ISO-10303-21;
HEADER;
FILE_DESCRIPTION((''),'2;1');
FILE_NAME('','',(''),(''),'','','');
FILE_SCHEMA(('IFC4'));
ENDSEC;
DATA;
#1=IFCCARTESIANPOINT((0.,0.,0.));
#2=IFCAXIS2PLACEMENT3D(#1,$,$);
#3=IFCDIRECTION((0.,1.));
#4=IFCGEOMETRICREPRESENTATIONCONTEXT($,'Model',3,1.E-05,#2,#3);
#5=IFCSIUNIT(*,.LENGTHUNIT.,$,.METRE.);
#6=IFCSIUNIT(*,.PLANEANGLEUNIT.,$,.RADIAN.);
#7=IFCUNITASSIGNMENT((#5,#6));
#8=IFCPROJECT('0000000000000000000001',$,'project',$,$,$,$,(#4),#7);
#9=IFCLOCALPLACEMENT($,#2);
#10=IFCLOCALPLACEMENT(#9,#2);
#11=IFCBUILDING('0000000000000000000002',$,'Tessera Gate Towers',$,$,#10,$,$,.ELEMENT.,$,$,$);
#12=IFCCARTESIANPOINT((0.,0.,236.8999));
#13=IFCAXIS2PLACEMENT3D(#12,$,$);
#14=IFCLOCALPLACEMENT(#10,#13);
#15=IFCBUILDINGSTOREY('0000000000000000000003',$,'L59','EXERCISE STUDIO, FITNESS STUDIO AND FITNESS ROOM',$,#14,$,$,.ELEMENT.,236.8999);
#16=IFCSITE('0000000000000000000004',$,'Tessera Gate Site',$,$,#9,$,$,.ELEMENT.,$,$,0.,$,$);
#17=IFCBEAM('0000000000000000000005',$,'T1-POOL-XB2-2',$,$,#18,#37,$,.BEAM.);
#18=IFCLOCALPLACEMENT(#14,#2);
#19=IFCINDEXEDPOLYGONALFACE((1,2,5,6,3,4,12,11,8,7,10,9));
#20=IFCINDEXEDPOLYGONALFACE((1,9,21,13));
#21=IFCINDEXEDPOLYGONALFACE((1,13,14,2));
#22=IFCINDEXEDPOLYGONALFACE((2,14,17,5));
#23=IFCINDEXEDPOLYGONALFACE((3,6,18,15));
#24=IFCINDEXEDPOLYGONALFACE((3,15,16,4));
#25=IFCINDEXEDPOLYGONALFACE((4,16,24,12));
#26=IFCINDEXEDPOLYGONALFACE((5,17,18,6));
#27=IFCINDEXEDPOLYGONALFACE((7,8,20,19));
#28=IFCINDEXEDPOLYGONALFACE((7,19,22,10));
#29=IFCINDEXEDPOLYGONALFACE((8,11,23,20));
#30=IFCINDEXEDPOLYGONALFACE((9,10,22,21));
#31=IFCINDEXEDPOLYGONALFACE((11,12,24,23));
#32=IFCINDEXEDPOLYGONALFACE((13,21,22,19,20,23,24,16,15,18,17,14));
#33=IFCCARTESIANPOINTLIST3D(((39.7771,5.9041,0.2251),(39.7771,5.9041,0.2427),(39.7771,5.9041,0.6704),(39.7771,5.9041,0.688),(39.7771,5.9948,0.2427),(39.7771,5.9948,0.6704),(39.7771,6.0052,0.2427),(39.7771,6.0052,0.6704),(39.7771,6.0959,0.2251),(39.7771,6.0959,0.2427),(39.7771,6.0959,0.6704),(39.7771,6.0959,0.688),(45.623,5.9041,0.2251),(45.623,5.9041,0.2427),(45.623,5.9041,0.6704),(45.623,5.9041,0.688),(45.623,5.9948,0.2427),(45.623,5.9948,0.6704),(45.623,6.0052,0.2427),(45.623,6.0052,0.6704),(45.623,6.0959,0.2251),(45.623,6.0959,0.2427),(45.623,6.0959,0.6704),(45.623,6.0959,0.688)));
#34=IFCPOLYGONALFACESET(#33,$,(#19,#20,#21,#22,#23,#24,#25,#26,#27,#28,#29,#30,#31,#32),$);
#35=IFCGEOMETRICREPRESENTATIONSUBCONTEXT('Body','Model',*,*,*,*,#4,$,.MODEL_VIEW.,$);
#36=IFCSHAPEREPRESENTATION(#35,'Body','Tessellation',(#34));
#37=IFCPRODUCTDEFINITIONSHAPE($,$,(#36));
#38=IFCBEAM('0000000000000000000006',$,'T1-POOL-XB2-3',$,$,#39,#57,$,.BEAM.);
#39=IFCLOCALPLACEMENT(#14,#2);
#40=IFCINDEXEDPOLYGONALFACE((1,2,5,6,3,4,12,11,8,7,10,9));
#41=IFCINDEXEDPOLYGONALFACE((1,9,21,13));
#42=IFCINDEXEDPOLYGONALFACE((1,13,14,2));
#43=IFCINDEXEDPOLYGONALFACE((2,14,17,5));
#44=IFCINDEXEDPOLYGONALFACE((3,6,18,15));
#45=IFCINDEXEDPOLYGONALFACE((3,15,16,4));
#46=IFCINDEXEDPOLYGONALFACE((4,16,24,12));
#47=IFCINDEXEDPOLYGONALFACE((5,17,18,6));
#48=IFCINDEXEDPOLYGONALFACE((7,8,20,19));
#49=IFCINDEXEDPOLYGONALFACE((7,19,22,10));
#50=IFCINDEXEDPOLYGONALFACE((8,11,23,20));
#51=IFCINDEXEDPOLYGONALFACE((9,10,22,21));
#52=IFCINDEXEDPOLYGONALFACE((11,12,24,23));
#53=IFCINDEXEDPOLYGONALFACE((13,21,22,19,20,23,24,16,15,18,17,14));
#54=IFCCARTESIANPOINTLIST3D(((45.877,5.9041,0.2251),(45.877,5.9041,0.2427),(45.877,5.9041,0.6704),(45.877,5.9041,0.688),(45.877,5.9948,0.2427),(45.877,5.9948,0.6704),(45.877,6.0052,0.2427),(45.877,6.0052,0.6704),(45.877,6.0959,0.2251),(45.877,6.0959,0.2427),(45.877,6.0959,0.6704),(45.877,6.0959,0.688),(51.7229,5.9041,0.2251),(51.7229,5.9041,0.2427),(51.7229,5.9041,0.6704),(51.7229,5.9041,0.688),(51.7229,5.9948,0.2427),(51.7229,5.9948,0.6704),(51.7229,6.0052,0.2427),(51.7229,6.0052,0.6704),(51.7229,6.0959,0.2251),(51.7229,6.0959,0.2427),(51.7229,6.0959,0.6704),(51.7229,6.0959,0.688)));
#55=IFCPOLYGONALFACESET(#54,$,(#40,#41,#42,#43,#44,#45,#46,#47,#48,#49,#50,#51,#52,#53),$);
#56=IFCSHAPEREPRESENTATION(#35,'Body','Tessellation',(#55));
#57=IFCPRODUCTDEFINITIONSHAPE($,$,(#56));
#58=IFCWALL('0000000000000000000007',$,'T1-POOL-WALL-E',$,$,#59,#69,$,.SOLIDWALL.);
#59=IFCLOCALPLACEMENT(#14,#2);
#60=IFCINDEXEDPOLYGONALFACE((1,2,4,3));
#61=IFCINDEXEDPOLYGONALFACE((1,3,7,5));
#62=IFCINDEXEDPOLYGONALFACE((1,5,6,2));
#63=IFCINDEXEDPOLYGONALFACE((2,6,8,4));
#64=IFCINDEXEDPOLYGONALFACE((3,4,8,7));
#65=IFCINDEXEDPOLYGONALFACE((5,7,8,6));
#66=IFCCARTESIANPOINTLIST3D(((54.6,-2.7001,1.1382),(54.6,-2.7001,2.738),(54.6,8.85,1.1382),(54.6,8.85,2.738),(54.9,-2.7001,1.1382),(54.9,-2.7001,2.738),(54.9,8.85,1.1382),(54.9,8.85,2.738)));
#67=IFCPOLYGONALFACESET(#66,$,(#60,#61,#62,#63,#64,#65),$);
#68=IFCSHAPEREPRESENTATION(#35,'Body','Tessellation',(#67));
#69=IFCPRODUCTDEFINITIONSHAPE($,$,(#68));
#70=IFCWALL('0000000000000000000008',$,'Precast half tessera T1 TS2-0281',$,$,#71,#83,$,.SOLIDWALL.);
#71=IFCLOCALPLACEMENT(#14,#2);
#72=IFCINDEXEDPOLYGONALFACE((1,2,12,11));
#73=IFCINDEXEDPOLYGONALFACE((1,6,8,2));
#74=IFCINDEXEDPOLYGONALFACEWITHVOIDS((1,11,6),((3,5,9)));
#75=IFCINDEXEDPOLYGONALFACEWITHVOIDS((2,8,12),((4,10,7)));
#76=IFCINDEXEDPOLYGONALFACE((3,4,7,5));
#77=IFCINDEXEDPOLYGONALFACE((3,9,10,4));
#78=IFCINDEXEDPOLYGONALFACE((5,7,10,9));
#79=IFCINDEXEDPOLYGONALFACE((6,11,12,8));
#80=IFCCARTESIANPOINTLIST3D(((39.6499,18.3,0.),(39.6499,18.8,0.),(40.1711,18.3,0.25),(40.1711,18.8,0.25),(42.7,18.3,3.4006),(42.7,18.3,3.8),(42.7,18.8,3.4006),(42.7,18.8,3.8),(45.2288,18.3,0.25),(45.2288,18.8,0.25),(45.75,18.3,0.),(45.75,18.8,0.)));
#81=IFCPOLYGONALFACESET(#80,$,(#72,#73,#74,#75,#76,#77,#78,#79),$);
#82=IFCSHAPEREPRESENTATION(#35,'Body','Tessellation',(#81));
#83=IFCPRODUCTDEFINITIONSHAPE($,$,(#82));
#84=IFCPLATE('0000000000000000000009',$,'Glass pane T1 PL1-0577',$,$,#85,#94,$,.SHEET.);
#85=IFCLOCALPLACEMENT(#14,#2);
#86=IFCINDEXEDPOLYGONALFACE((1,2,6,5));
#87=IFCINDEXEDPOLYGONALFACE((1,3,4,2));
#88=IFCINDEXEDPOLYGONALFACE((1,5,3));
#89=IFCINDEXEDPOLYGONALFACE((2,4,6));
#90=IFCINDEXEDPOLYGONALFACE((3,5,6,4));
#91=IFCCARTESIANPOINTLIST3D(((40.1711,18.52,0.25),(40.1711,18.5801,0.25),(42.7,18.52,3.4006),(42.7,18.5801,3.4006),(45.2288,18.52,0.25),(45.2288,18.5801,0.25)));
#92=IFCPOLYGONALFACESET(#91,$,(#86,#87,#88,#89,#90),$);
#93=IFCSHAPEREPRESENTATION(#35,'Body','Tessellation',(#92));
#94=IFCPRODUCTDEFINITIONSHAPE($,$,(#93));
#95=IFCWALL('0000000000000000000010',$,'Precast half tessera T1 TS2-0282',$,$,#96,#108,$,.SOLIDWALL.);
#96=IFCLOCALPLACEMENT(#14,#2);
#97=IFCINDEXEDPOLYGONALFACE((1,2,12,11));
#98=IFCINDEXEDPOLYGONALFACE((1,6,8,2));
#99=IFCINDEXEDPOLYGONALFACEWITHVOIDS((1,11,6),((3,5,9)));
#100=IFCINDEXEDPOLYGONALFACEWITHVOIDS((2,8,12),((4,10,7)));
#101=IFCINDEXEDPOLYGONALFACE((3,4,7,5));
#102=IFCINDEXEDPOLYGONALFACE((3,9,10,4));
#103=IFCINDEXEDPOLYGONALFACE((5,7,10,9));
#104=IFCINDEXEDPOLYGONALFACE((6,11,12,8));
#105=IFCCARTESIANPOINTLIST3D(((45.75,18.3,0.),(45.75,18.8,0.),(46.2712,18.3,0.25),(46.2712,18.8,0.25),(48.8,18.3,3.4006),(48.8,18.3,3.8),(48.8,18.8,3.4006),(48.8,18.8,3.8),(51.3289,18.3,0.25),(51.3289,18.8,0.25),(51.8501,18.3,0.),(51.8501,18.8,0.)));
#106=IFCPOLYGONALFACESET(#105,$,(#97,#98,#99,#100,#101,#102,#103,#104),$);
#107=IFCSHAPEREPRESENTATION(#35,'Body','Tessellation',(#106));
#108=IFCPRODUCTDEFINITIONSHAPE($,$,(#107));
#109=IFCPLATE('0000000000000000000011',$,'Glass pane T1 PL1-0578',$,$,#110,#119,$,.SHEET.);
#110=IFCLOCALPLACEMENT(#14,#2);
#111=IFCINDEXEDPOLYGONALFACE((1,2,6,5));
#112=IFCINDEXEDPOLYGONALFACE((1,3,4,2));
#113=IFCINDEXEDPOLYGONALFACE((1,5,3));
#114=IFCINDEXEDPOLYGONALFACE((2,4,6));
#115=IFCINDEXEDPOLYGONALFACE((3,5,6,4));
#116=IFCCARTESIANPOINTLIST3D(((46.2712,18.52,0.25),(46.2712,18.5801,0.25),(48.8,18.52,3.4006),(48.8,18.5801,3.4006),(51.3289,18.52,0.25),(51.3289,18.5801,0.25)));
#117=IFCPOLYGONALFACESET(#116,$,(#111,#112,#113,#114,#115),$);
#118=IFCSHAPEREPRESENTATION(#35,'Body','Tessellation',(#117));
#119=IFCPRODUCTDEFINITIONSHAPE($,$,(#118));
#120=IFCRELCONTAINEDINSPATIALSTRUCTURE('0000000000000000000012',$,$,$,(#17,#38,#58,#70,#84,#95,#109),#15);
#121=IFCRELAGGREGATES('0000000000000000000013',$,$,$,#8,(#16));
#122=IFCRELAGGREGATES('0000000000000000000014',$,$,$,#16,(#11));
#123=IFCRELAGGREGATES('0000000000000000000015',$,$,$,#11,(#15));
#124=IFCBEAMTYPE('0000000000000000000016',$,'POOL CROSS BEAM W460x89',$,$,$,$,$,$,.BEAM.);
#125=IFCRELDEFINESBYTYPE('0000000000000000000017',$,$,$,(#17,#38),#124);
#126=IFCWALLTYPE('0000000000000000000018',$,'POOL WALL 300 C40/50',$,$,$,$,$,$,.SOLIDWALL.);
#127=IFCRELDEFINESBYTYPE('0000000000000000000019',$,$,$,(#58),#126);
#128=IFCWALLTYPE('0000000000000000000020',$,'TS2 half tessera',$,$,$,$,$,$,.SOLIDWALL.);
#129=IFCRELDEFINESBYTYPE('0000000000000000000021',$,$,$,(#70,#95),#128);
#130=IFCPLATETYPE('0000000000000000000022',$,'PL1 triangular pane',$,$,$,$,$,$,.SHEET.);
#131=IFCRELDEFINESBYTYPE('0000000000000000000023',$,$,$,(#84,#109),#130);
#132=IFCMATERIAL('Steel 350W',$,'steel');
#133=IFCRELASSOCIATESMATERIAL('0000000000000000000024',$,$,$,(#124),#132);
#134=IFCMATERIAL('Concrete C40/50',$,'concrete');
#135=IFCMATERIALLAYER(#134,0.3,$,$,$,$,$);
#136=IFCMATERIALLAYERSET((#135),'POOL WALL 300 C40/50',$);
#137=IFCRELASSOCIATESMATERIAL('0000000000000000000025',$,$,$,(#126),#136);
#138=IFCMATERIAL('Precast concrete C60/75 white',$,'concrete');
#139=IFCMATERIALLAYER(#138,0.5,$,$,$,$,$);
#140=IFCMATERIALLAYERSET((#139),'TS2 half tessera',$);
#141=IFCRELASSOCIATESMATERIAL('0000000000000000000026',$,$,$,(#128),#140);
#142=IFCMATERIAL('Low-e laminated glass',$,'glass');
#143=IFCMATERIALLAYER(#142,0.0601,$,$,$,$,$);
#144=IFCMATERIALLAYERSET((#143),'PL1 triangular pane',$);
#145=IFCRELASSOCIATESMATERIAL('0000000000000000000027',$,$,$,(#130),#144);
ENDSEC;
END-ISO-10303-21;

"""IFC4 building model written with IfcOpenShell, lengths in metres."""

from ifc_helpers import new_model, si_unit, direction, frame, frame_2d, origin, origin_2d, place, context, subcontext, project, spatial, polyline, rectangle, i_section, outline, extrude, source, transform, mapped, material, layer, layer_set, material_profile, profile_set, type_object, element, fill, save


model = new_model("IFC4")

# Units and contexts
model_context = context("Model", 3, precision=1e-05, world=origin(), true_north=direction((0.0, 1.0)))
body_context = subcontext(model_context, "Body", "Model", "MODEL_VIEW")
ifc_project = project(units=[si_unit("LENGTHUNIT", "METRE"), si_unit("PLANEANGLEUNIT", "RADIAN")], contexts=[model_context])

# Site, building, storey
site_placement = place(None, origin())
site = spatial("IfcSite", under=ifc_project, at=site_placement, Name="Tessera Gate Site", CompositionType="ELEMENT", RefElevation=0.0)
building_placement = place(site_placement, origin())
building = spatial("IfcBuilding", under=site, at=building_placement, Name="Tessera Gate Towers", CompositionType="ELEMENT")
storey_placement = place(building_placement, frame((0.0, 0.0, 236.8999)))
storey = spatial("IfcBuildingStorey", under=building, at=storey_placement, Name="L59", Description="EXERCISE STUDIO, FITNESS STUDIO AND FITNESS ROOM", CompositionType="ELEMENT", Elevation=236.8999)

# Beams
ifc_material_1 = material(Name="Steel 350W", Category="steel")
ifc_material_profile_1 = material_profile(ifc_material_1, i_section(OverallWidth=0.1919, OverallDepth=0.4629, WebThickness=0.0105, FlangeThickness=0.0176, at=origin_2d()), Name="W460x89")
ifc_profile_set_1 = profile_set([ifc_material_profile_1], Name="Steel 350W")
beam_type_1 = type_object("IfcBeamType", Name="POOL CROSS BEAM W460x89", PredefinedType="BEAM", material=ifc_profile_set_1)
for number, where, z_axis, x_axis, name in (
    (1, (39.7771, 6.0, 0.4565), (1.0, 0.0, 0.0), (0.0, 1.0, 0.0), "T1-POOL-XB2-2"),
    (2, (45.877, 6.0, 0.4565), (1.0, 0.0, 0.0), (0.0, 1.0, 0.0), "T1-POOL-XB2-3"),
):
    element("IfcBeam", number, at=place(storey_placement, frame(where, z_axis=z_axis, x_axis=x_axis)), inside=storey, type_object=beam_type_1, Name=name, PredefinedType="BEAM", context=body_context, shape_type="SweptSolid", body=[
        extrude(i_section(OverallWidth=0.1919, OverallDepth=0.4629, WebThickness=0.0105, FlangeThickness=0.0176, at=origin_2d()), origin(), (0.0, 0.0, 1.0), 5.8459),
    ])

# Wall
ifc_material_2 = material(Name="Concrete C40/50", Category="concrete")
ifc_layer_1 = layer(ifc_material_2, 0.3)
ifc_layer_set_1 = layer_set([ifc_layer_1], Name="POOL WALL 300 C40/50")
wall_type_1 = type_object("IfcWallType", Name="POOL WALL 300 C40/50", PredefinedType="SOLIDWALL", material=ifc_layer_set_1)
wall_1_placement = place(storey_placement, frame((54.75, -2.7, 1.1382), z_axis=(0.0, 0.0, 1.0), x_axis=(0.0, 1.0, 0.0)))
element("IfcWall", 3, at=wall_1_placement, inside=storey, type_object=wall_type_1, Name="T1-POOL-WALL-E", PredefinedType="SOLIDWALL", context=body_context, shape_type="SweptSolid", body=[
    extrude(rectangle(XDim=11.55, YDim=0.3, at=frame_2d((5.7749, 0.0))), origin(), (0.0, 0.0, 1.0), 1.5999),
])

# Walls, openings, plates
ifc_material_3 = material(Name="Precast concrete C60/75 white", Category="concrete")
ifc_layer_2 = layer(ifc_material_3, 0.5)
ifc_layer_set_2 = layer_set([ifc_layer_2], Name="TS2 half tessera")
wall_type_2 = type_object("IfcWallType", Name="TS2 half tessera", PredefinedType="SOLIDWALL", material=ifc_layer_set_2)
shared_shape_1 = source(origin(), body_context, "Body", "SweptSolid", [
    extrude(outline(polyline([(6.1001, 0.0), (3.05, 3.8), (0.0, 0.0), (6.1001, 0.0)])), frame((0.0, 0.25, 0.0), z_axis=(0.0, -1.0, 0.0), x_axis=(1.0, 0.0, 0.0)), (0.0, 0.0, 1.0), 0.5),
])
wall_2_placement = place(storey_placement, frame((39.6499, 18.55, 0.0), z_axis=(0.0, 0.0, 1.0), x_axis=(1.0, 0.0, 0.0)))
wall_2 = element("IfcWall", 4, at=wall_2_placement, inside=storey, type_object=wall_type_2, Name="Precast half tessera T1 TS2-0281", PredefinedType="SOLIDWALL", context=body_context, shape_type="MappedRepresentation", body=[
    mapped(shared_shape_1, transform((0.0, 0.0, 0.0), scale=1.0)),
])
shared_shape_2 = source(origin(), body_context, "Body", "SweptSolid", [
    extrude(outline(polyline([(5.5789, 0.25), (3.05, 3.4006), (0.5212, 0.25), (5.5789, 0.25)])), frame((0.0, 0.26, 0.0), z_axis=(0.0, -1.0, 0.0), x_axis=(1.0, 0.0, 0.0)), (0.0, 0.0, 1.0), 0.52),
])
opening_1_placement = place(wall_2_placement, origin())
opening_1 = element("IfcOpeningElement", 5, at=opening_1_placement, cuts=wall_2, PredefinedType="OPENING", context=body_context, shape_type="MappedRepresentation", body=[
    mapped(shared_shape_2, transform((0.0, 0.0, 0.0), scale=1.0)),
])
ifc_material_4 = material(Name="Low-e laminated glass", Category="glass")
ifc_layer_3 = layer(ifc_material_4, 0.0601)
ifc_layer_set_3 = layer_set([ifc_layer_3], Name="PL1 triangular pane")
plate_type = type_object("IfcPlateType", Name="PL1 triangular pane", PredefinedType="SHEET", material=ifc_layer_set_3)
shared_shape_3 = source(origin(), body_context, "Body", "SweptSolid", [
    extrude(outline(polyline([(5.5789, 0.25), (3.05, 3.4006), (0.5212, 0.25), (5.5789, 0.25)])), frame((0.0, 0.03, 0.0), z_axis=(0.0, -1.0, 0.0), x_axis=(1.0, 0.0, 0.0)), (0.0, 0.0, 1.0), 0.0601),
])
plate_1_placement = place(opening_1_placement, origin())
plate_1 = element("IfcPlate", 6, at=plate_1_placement, inside=storey, type_object=plate_type, Name="Glass pane T1 PL1-0577", PredefinedType="SHEET", context=body_context, shape_type="MappedRepresentation", body=[
    mapped(shared_shape_3, transform((0.0, 0.0, 0.0), scale=1.0)),
])
fill(opening_1, plate_1)
wall_3_placement = place(storey_placement, frame((45.75, 18.55, 0.0), z_axis=(0.0, 0.0, 1.0), x_axis=(1.0, 0.0, 0.0)))
wall_3 = element("IfcWall", 7, at=wall_3_placement, inside=storey, type_object=wall_type_2, Name="Precast half tessera T1 TS2-0282", PredefinedType="SOLIDWALL", context=body_context, shape_type="MappedRepresentation", body=[
    mapped(shared_shape_1, transform((0.0, 0.0, 0.0), scale=1.0)),
])
opening_2_placement = place(wall_3_placement, origin())
opening_2 = element("IfcOpeningElement", 8, at=opening_2_placement, cuts=wall_3, PredefinedType="OPENING", context=body_context, shape_type="MappedRepresentation", body=[
    mapped(shared_shape_2, transform((0.0, 0.0, 0.0), scale=1.0)),
])
plate_2_placement = place(opening_2_placement, origin())
plate_2 = element("IfcPlate", 9, at=plate_2_placement, inside=storey, type_object=plate_type, Name="Glass pane T1 PL1-0578", PredefinedType="SHEET", context=body_context, shape_type="MappedRepresentation", body=[
    mapped(shared_shape_3, transform((0.0, 0.0, 0.0), scale=1.0)),
])
fill(opening_2, plate_2)

save(model, "model.ifc")
